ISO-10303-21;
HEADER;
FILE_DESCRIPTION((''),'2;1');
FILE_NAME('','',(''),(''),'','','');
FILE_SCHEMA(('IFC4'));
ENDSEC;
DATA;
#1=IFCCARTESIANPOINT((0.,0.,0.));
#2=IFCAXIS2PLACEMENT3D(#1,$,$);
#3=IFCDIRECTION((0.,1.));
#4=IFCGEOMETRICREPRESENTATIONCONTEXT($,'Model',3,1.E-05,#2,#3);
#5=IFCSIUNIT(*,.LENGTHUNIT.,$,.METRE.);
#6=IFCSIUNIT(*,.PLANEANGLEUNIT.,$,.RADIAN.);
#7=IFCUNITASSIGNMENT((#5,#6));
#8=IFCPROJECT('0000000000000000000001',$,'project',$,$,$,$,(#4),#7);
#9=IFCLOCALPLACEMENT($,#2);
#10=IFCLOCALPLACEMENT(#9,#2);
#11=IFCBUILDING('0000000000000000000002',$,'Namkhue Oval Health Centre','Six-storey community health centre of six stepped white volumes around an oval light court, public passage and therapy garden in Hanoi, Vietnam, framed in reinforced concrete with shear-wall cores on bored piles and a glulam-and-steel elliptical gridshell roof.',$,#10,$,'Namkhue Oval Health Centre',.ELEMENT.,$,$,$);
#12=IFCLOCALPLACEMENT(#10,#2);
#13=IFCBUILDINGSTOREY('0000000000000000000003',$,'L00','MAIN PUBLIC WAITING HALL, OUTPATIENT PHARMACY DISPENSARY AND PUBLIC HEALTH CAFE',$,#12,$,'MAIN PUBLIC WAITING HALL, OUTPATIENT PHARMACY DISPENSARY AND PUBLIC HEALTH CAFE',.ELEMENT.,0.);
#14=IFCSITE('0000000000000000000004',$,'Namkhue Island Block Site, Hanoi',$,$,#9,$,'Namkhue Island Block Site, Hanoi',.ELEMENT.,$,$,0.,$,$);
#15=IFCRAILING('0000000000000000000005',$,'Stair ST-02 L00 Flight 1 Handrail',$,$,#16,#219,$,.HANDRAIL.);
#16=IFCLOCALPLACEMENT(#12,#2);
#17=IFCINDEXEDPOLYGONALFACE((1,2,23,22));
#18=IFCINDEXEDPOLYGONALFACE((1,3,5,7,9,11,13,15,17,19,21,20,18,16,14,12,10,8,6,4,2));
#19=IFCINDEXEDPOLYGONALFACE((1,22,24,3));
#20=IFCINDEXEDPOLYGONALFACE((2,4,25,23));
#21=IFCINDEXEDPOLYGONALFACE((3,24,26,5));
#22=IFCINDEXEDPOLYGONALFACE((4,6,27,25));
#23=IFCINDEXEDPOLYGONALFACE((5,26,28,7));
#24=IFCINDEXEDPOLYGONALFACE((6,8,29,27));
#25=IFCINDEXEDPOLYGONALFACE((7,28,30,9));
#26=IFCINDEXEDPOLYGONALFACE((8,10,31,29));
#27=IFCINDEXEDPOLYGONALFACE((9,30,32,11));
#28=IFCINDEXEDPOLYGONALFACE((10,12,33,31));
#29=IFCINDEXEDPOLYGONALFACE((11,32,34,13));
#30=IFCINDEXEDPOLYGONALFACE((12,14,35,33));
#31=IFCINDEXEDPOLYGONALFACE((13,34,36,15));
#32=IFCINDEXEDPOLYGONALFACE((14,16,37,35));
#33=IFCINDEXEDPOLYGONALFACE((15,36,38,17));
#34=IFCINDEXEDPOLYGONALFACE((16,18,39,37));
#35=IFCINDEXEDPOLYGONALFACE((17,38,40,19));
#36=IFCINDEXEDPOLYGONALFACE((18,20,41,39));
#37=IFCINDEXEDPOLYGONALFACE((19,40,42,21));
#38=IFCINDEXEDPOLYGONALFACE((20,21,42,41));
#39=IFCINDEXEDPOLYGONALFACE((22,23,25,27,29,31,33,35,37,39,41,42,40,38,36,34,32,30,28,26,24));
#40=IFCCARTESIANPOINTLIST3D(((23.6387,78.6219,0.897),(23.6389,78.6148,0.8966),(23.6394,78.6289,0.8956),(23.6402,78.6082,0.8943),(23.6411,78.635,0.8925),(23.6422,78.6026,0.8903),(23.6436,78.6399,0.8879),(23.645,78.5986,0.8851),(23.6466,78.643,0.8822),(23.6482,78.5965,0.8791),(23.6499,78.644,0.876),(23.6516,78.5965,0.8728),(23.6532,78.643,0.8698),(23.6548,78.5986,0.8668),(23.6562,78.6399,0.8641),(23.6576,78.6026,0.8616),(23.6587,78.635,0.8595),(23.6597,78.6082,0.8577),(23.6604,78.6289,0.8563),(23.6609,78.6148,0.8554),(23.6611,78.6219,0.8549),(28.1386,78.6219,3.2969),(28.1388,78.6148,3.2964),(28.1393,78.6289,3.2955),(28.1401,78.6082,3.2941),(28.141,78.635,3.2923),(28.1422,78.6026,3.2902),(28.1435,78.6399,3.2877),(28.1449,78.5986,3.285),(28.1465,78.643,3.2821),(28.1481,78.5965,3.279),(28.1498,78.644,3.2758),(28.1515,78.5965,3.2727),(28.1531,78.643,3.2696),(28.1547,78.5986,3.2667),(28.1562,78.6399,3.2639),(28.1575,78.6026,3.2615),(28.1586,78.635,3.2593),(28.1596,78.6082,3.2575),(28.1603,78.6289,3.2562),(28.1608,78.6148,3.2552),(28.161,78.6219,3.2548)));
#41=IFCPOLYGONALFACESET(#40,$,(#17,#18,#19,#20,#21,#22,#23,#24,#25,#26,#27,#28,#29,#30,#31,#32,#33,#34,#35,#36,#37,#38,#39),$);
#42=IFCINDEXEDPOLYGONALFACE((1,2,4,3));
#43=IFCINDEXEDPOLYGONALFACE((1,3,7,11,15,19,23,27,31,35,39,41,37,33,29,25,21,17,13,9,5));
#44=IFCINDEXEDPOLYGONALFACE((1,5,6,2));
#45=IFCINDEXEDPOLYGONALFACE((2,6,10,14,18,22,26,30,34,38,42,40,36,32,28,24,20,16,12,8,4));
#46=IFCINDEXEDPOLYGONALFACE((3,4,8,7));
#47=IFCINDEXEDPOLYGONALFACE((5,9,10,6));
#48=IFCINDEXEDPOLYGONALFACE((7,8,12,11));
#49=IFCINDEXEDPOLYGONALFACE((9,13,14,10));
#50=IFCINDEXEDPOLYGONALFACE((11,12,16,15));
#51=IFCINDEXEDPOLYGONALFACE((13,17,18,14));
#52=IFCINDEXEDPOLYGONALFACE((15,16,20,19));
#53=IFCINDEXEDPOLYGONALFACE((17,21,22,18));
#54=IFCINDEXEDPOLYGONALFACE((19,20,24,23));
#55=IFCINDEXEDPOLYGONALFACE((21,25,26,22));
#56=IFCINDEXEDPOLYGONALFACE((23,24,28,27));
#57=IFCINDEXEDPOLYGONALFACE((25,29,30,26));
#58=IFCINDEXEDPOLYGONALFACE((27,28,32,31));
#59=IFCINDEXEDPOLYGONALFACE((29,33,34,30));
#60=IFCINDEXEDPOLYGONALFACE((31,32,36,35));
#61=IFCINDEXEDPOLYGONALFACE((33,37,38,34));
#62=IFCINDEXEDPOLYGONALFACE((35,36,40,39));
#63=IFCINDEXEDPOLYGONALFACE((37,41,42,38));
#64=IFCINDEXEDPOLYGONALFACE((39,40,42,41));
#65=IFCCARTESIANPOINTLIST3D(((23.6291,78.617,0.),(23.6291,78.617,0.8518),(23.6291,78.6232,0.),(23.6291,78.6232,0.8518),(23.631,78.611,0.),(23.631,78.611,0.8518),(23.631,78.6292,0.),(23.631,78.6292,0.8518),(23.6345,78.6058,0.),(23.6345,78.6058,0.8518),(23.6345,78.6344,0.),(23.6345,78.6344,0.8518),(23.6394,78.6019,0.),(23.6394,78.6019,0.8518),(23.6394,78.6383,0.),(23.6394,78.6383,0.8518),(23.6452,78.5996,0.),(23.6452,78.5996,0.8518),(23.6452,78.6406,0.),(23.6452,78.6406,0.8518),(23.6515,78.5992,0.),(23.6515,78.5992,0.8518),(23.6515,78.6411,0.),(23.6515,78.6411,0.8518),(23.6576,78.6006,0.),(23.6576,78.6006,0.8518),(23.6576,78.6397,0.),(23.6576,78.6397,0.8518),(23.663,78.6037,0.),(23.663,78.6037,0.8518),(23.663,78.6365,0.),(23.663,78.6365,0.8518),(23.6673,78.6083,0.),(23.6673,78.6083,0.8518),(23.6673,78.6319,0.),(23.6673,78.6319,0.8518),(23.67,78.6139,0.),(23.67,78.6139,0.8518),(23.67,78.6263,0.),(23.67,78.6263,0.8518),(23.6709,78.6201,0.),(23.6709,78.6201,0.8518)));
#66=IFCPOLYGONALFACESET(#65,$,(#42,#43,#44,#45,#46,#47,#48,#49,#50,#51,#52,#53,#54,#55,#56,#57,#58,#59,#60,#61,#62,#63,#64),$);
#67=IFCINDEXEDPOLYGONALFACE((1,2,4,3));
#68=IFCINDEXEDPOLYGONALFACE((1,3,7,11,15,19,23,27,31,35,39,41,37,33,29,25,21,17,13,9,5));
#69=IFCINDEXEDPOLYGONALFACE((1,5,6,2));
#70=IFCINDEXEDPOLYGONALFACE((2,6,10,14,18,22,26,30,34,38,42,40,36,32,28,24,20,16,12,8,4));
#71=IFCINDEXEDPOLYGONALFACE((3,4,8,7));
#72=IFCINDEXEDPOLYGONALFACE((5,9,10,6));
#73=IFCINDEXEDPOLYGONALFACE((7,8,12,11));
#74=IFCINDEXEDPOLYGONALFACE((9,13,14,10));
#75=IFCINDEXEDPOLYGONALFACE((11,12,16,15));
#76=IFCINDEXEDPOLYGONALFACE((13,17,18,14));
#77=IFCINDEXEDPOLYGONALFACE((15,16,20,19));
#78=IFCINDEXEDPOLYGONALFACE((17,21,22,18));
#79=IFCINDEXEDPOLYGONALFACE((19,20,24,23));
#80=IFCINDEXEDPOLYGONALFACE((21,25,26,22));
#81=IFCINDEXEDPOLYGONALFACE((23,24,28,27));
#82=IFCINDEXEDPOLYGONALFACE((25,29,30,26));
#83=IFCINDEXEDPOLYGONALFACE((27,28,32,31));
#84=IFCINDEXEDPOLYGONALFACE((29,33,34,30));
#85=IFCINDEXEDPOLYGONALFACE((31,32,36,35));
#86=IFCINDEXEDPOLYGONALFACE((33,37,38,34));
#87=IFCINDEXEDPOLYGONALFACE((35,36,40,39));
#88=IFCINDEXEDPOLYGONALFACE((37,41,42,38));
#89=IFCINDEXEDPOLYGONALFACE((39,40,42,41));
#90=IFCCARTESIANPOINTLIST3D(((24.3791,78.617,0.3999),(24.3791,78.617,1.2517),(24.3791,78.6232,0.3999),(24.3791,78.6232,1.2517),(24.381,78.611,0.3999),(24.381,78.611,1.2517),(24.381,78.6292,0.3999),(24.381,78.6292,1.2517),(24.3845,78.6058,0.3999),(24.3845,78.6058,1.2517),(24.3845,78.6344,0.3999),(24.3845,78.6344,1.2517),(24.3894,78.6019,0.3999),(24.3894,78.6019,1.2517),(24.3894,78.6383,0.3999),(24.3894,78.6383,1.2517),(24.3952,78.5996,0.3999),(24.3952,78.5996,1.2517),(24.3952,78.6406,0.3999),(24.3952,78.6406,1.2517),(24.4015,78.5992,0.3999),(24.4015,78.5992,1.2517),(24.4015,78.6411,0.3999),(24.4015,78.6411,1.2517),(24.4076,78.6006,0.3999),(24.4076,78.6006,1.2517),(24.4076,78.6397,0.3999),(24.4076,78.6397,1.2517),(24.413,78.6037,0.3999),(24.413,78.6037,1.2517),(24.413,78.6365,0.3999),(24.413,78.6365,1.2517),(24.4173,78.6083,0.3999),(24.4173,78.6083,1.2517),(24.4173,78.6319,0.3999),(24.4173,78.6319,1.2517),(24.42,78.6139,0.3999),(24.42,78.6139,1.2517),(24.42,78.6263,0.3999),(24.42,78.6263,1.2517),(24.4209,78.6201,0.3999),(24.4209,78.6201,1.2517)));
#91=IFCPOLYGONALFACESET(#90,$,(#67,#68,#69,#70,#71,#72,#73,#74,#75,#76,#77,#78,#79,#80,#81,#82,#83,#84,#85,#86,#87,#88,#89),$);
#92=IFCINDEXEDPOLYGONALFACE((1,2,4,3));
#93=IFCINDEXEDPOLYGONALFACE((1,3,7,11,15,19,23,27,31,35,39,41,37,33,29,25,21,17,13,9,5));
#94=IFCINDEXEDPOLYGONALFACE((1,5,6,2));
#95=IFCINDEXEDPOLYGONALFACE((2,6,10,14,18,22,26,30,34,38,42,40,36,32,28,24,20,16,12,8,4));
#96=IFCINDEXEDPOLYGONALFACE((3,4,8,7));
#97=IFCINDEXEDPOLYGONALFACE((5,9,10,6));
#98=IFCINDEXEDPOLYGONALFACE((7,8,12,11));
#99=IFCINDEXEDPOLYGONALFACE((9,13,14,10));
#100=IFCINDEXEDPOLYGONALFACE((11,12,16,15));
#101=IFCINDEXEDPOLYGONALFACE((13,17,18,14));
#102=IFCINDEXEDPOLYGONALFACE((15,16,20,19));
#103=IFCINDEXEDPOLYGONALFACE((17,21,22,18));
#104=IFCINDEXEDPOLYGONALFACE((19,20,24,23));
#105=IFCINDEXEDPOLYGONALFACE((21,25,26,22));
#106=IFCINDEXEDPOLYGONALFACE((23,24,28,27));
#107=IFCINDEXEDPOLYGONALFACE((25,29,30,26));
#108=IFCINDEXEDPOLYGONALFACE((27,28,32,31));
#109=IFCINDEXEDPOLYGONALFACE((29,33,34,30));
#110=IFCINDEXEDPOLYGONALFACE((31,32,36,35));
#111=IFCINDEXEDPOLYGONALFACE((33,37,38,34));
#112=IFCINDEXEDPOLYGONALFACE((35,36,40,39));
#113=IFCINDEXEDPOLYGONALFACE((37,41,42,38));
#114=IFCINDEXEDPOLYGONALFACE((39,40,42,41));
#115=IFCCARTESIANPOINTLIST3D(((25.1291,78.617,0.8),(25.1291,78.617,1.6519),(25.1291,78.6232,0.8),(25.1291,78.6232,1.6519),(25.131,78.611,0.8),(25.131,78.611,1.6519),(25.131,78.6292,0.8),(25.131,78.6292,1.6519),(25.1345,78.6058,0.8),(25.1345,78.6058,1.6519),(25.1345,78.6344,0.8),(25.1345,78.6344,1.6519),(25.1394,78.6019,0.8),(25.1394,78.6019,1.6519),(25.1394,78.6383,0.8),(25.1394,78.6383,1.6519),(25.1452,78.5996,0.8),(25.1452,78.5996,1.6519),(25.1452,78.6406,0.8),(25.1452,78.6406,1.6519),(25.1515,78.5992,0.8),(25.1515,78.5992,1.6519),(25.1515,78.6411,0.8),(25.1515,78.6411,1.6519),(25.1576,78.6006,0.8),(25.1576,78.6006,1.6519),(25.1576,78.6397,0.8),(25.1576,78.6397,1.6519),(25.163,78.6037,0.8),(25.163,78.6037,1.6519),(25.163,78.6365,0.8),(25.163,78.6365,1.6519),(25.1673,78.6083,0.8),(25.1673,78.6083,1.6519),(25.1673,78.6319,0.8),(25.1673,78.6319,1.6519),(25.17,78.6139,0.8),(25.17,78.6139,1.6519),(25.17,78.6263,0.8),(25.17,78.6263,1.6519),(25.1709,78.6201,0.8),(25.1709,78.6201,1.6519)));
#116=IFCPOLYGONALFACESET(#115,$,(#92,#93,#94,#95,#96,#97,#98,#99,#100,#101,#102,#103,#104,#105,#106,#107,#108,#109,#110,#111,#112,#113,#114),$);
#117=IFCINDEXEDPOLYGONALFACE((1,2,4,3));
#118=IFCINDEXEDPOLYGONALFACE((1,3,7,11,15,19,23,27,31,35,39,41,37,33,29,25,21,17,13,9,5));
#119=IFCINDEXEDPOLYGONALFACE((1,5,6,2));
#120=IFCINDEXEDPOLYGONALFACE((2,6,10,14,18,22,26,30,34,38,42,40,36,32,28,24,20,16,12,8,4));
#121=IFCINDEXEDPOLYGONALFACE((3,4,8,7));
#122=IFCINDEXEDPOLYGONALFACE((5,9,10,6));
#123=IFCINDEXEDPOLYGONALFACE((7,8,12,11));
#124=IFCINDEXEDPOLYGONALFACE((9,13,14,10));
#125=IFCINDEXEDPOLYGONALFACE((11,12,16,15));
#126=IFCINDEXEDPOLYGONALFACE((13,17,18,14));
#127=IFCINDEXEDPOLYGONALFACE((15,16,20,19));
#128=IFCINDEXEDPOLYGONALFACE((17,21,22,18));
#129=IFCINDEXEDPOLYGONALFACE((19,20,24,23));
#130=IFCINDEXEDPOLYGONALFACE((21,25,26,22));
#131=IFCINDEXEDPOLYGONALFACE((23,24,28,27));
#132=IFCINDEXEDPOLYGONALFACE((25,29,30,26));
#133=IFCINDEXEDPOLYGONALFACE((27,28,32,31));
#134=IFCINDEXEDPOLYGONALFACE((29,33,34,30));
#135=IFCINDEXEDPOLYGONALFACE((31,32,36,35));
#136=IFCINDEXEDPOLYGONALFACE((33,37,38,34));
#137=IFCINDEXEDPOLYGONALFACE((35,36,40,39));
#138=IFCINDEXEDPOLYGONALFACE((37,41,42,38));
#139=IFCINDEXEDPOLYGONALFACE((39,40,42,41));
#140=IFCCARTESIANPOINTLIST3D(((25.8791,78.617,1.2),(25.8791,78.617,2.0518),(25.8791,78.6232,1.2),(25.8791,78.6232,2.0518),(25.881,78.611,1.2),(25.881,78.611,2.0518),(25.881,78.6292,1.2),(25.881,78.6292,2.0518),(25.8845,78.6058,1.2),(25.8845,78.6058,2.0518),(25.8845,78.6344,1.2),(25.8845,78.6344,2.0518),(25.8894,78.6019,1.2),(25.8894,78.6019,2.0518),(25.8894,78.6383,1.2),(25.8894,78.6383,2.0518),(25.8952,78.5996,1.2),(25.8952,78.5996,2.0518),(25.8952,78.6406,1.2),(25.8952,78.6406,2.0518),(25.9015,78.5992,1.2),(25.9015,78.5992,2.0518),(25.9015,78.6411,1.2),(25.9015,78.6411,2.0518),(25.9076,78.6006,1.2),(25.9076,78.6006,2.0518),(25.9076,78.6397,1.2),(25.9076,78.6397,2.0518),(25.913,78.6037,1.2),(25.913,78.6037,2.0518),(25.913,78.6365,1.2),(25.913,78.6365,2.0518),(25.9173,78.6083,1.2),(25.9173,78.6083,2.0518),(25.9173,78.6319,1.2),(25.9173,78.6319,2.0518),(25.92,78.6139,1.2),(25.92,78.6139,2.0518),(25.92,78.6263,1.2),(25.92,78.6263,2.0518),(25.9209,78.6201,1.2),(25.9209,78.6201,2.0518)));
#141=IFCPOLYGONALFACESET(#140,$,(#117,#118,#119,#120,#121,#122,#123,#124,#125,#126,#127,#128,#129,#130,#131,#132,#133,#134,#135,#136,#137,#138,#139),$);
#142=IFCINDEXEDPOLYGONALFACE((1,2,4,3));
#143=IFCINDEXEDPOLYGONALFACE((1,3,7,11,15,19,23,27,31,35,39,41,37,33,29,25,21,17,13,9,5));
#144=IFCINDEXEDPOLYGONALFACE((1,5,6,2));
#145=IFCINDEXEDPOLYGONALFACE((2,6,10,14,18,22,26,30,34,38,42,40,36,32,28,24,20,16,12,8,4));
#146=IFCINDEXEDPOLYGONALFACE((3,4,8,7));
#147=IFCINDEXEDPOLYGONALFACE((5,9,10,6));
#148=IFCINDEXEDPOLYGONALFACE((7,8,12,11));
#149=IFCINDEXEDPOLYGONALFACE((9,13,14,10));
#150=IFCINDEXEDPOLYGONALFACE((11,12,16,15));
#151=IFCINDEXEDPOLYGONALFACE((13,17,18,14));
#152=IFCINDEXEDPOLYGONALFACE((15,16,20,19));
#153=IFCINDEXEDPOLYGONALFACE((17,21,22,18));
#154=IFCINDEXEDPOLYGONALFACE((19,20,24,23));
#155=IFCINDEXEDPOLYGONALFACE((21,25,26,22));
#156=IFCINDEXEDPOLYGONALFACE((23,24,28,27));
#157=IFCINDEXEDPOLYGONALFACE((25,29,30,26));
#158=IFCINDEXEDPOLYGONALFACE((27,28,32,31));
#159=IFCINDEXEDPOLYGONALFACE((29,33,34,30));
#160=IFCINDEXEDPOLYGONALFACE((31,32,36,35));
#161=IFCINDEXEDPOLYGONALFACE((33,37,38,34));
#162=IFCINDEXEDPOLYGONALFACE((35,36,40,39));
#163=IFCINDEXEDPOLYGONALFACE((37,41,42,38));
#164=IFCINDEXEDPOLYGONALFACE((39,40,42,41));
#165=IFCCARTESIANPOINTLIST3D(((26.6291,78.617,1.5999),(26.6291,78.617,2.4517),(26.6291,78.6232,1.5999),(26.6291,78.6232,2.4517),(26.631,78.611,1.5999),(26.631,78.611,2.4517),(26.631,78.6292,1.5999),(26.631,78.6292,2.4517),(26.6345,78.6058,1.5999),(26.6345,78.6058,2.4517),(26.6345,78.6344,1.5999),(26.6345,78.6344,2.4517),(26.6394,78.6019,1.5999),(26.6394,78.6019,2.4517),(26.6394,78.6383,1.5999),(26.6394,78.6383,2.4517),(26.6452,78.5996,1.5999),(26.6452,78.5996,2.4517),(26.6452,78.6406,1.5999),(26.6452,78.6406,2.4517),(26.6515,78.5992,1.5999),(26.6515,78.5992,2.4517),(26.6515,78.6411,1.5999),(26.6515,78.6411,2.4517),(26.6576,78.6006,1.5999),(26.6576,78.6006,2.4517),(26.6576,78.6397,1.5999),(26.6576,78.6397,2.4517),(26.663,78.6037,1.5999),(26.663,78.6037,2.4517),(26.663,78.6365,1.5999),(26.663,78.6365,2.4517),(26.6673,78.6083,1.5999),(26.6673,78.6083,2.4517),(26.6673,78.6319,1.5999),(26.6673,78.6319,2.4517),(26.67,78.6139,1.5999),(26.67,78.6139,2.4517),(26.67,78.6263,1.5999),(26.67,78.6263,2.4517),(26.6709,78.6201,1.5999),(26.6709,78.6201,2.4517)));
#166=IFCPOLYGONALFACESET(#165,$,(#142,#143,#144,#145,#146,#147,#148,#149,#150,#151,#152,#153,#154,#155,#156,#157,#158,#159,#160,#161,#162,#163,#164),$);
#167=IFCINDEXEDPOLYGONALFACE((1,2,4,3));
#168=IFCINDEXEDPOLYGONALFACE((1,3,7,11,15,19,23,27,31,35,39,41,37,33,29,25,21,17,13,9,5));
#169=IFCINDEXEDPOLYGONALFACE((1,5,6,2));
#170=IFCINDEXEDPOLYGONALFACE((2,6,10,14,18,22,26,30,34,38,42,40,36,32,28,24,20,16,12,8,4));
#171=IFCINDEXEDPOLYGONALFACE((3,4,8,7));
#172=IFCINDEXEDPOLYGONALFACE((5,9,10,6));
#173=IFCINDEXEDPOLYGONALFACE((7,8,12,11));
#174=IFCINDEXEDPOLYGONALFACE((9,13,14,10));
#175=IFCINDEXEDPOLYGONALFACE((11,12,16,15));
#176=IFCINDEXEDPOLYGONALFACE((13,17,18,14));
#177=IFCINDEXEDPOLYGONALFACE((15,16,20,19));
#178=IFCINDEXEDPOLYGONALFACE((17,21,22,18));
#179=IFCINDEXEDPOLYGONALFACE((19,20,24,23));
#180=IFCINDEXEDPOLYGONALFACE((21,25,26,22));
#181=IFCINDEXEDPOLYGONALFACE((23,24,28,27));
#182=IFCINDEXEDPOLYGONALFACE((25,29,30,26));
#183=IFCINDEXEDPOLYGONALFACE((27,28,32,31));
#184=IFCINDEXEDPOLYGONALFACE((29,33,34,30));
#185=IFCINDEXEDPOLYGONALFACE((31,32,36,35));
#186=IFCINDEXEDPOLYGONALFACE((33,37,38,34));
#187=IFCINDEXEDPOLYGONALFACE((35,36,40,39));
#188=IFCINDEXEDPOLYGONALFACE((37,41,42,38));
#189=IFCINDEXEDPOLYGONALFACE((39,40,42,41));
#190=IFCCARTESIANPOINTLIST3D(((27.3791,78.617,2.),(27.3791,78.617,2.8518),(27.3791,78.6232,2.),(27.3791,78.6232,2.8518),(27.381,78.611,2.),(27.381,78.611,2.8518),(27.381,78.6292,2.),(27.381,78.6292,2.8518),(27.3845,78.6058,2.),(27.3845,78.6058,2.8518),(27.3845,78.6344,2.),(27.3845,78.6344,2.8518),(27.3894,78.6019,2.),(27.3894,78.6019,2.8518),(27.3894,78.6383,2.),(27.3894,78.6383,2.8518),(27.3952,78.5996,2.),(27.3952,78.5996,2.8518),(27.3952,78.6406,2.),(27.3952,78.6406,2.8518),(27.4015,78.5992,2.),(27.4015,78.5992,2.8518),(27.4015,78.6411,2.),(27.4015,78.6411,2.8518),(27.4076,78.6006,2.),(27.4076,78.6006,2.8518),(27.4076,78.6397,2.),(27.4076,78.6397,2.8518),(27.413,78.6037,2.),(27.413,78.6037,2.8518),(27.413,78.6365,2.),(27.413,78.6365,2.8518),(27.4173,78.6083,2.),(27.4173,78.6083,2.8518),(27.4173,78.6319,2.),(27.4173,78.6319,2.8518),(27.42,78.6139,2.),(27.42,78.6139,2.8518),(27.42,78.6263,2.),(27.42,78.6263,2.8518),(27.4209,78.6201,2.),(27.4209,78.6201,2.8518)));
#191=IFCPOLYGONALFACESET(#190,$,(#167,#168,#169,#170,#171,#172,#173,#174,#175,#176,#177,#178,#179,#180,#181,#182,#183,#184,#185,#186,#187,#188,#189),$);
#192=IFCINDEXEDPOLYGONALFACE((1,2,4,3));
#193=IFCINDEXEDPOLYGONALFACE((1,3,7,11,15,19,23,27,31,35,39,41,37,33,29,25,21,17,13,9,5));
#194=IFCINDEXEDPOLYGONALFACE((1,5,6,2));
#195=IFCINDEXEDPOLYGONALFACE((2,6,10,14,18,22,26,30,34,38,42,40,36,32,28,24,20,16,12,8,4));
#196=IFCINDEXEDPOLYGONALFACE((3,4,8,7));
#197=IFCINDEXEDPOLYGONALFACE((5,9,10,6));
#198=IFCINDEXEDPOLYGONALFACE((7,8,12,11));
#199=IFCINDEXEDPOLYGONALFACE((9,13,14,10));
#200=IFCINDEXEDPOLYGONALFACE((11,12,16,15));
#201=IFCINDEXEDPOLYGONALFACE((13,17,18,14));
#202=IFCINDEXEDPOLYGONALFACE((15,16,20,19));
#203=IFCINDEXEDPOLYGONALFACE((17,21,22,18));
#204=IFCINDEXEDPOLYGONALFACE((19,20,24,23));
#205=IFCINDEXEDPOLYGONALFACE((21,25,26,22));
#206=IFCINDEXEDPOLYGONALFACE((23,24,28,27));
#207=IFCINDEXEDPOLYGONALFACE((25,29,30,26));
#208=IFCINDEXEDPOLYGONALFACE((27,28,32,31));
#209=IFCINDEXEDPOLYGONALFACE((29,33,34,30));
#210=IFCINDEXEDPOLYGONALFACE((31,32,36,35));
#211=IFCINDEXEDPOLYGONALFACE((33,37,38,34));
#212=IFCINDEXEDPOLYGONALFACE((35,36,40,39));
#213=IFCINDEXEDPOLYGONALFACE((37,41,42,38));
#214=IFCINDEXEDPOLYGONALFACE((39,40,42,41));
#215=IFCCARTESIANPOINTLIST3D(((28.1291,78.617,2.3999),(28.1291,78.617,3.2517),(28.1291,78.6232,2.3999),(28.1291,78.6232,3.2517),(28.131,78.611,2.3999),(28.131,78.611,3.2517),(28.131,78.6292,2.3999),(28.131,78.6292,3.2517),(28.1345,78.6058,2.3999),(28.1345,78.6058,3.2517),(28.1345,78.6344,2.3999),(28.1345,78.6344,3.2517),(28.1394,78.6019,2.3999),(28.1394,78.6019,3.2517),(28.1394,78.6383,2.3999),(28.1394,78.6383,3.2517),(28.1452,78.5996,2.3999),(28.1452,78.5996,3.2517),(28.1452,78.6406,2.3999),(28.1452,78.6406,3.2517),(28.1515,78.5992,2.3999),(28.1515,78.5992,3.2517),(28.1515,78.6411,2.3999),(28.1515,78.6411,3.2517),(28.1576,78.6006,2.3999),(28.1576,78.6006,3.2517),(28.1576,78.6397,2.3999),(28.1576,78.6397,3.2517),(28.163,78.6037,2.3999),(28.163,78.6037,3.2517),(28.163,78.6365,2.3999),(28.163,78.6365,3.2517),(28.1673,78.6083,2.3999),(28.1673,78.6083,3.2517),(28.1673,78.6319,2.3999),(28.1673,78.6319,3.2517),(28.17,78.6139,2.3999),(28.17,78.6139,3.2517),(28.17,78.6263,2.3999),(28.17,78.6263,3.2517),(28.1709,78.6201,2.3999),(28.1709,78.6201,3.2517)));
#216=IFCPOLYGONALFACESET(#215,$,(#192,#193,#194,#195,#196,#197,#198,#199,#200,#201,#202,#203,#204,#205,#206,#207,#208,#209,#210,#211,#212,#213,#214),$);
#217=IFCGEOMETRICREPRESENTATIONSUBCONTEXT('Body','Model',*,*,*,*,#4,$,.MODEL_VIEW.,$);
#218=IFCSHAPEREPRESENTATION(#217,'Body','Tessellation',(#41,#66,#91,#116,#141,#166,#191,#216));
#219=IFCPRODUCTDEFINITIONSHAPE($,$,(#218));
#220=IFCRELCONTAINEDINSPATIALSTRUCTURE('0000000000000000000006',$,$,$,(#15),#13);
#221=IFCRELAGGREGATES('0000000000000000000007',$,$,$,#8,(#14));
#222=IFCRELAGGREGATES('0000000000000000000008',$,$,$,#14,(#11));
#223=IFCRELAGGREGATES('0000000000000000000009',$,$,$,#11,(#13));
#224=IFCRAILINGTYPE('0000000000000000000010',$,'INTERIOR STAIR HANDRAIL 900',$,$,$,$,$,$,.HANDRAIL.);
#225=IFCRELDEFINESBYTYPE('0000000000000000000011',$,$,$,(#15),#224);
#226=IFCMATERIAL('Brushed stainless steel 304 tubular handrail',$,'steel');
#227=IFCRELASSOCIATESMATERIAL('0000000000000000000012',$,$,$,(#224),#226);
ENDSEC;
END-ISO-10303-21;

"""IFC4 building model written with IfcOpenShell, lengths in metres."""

from ifc_helpers import new_model, si_unit, direction, frame, origin, origin_2d, place, context, subcontext, project, spatial, circle, extrude, material, type_object, element, save


model = new_model("IFC4")

# Units and contexts
model_context = context("Model", 3, precision=1e-05, world=origin(), true_north=direction((0.0, 1.0)))
body_context = subcontext(model_context, "Body", "Model", "MODEL_VIEW")
ifc_project = project(units=[si_unit("LENGTHUNIT", "METRE"), si_unit("PLANEANGLEUNIT", "RADIAN")], contexts=[model_context])

# Site, building, storey
site_placement = place(None, origin())
site = spatial("IfcSite", under=ifc_project, at=site_placement, Name="Namkhue Island Block Site, Hanoi", LongName="Namkhue Island Block Site, Hanoi", CompositionType="ELEMENT", RefElevation=0.0)
building_placement = place(site_placement, origin())
building = spatial("IfcBuilding", under=site, at=building_placement, Name="Namkhue Oval Health Centre", Description="Six-storey community health centre of six stepped white volumes around an oval light court, public passage and therapy garden in Hanoi, Vietnam, framed in reinforced concrete with shear-wall cores on bored piles and a glulam-and-steel elliptical gridshell roof.", LongName="Namkhue Oval Health Centre", CompositionType="ELEMENT")
storey_placement = place(building_placement, origin())
storey = spatial("IfcBuildingStorey", under=building, at=storey_placement, Name="L00", Description="MAIN PUBLIC WAITING HALL, OUTPATIENT PHARMACY DISPENSARY AND PUBLIC HEALTH CAFE", LongName="MAIN PUBLIC WAITING HALL, OUTPATIENT PHARMACY DISPENSARY AND PUBLIC HEALTH CAFE", CompositionType="ELEMENT", Elevation=0.0)

# Railing
ifc_material_1 = material(Name="Brushed stainless steel 304 tubular handrail", Category="steel")
railing_type_1 = type_object("IfcRailingType", Name="INTERIOR STAIR HANDRAIL 900", PredefinedType="HANDRAIL", material=ifc_material_1)
railing_1_placement = place(storey_placement, frame((23.6499, 78.6201, 0.0)))
element("IfcRailing", 1, at=railing_1_placement, inside=storey, type_object=railing_type_1, Name="Stair ST-02 L00 Flight 1 Handrail", PredefinedType="HANDRAIL", context=body_context, shape_type="SweptSolid", body=[
    extrude(circle(Radius=0.0239, at=origin_2d()), frame((0.0, 0.0, 0.876), z_axis=(0.882361, 0.0, 0.470573), x_axis=(0.0, 1.0, 0.0)), (0.0, 0.0, 1.0), 5.0999),
    extrude(circle(Radius=0.021, at=origin_2d()), origin(), (0.0, 0.0, 1.0), 0.8518),
    extrude(circle(Radius=0.021, at=origin_2d()), frame((0.75, 0.0, 0.3999)), (0.0, 0.0, 1.0), 0.8518),
    extrude(circle(Radius=0.021, at=origin_2d()), frame((1.5, 0.0, 0.8)), (0.0, 0.0, 1.0), 0.8518),
    extrude(circle(Radius=0.021, at=origin_2d()), frame((2.25, 0.0, 1.2)), (0.0, 0.0, 1.0), 0.8518),
    extrude(circle(Radius=0.021, at=origin_2d()), frame((3.0, 0.0, 1.5999)), (0.0, 0.0, 1.0), 0.8518),
    extrude(circle(Radius=0.021, at=origin_2d()), frame((3.75, 0.0, 2.0)), (0.0, 0.0, 1.0), 0.8518),
    extrude(circle(Radius=0.021, at=origin_2d()), frame((4.5, 0.0, 2.3999)), (0.0, 0.0, 1.0), 0.8518),
])

save(model, "model.ifc")
